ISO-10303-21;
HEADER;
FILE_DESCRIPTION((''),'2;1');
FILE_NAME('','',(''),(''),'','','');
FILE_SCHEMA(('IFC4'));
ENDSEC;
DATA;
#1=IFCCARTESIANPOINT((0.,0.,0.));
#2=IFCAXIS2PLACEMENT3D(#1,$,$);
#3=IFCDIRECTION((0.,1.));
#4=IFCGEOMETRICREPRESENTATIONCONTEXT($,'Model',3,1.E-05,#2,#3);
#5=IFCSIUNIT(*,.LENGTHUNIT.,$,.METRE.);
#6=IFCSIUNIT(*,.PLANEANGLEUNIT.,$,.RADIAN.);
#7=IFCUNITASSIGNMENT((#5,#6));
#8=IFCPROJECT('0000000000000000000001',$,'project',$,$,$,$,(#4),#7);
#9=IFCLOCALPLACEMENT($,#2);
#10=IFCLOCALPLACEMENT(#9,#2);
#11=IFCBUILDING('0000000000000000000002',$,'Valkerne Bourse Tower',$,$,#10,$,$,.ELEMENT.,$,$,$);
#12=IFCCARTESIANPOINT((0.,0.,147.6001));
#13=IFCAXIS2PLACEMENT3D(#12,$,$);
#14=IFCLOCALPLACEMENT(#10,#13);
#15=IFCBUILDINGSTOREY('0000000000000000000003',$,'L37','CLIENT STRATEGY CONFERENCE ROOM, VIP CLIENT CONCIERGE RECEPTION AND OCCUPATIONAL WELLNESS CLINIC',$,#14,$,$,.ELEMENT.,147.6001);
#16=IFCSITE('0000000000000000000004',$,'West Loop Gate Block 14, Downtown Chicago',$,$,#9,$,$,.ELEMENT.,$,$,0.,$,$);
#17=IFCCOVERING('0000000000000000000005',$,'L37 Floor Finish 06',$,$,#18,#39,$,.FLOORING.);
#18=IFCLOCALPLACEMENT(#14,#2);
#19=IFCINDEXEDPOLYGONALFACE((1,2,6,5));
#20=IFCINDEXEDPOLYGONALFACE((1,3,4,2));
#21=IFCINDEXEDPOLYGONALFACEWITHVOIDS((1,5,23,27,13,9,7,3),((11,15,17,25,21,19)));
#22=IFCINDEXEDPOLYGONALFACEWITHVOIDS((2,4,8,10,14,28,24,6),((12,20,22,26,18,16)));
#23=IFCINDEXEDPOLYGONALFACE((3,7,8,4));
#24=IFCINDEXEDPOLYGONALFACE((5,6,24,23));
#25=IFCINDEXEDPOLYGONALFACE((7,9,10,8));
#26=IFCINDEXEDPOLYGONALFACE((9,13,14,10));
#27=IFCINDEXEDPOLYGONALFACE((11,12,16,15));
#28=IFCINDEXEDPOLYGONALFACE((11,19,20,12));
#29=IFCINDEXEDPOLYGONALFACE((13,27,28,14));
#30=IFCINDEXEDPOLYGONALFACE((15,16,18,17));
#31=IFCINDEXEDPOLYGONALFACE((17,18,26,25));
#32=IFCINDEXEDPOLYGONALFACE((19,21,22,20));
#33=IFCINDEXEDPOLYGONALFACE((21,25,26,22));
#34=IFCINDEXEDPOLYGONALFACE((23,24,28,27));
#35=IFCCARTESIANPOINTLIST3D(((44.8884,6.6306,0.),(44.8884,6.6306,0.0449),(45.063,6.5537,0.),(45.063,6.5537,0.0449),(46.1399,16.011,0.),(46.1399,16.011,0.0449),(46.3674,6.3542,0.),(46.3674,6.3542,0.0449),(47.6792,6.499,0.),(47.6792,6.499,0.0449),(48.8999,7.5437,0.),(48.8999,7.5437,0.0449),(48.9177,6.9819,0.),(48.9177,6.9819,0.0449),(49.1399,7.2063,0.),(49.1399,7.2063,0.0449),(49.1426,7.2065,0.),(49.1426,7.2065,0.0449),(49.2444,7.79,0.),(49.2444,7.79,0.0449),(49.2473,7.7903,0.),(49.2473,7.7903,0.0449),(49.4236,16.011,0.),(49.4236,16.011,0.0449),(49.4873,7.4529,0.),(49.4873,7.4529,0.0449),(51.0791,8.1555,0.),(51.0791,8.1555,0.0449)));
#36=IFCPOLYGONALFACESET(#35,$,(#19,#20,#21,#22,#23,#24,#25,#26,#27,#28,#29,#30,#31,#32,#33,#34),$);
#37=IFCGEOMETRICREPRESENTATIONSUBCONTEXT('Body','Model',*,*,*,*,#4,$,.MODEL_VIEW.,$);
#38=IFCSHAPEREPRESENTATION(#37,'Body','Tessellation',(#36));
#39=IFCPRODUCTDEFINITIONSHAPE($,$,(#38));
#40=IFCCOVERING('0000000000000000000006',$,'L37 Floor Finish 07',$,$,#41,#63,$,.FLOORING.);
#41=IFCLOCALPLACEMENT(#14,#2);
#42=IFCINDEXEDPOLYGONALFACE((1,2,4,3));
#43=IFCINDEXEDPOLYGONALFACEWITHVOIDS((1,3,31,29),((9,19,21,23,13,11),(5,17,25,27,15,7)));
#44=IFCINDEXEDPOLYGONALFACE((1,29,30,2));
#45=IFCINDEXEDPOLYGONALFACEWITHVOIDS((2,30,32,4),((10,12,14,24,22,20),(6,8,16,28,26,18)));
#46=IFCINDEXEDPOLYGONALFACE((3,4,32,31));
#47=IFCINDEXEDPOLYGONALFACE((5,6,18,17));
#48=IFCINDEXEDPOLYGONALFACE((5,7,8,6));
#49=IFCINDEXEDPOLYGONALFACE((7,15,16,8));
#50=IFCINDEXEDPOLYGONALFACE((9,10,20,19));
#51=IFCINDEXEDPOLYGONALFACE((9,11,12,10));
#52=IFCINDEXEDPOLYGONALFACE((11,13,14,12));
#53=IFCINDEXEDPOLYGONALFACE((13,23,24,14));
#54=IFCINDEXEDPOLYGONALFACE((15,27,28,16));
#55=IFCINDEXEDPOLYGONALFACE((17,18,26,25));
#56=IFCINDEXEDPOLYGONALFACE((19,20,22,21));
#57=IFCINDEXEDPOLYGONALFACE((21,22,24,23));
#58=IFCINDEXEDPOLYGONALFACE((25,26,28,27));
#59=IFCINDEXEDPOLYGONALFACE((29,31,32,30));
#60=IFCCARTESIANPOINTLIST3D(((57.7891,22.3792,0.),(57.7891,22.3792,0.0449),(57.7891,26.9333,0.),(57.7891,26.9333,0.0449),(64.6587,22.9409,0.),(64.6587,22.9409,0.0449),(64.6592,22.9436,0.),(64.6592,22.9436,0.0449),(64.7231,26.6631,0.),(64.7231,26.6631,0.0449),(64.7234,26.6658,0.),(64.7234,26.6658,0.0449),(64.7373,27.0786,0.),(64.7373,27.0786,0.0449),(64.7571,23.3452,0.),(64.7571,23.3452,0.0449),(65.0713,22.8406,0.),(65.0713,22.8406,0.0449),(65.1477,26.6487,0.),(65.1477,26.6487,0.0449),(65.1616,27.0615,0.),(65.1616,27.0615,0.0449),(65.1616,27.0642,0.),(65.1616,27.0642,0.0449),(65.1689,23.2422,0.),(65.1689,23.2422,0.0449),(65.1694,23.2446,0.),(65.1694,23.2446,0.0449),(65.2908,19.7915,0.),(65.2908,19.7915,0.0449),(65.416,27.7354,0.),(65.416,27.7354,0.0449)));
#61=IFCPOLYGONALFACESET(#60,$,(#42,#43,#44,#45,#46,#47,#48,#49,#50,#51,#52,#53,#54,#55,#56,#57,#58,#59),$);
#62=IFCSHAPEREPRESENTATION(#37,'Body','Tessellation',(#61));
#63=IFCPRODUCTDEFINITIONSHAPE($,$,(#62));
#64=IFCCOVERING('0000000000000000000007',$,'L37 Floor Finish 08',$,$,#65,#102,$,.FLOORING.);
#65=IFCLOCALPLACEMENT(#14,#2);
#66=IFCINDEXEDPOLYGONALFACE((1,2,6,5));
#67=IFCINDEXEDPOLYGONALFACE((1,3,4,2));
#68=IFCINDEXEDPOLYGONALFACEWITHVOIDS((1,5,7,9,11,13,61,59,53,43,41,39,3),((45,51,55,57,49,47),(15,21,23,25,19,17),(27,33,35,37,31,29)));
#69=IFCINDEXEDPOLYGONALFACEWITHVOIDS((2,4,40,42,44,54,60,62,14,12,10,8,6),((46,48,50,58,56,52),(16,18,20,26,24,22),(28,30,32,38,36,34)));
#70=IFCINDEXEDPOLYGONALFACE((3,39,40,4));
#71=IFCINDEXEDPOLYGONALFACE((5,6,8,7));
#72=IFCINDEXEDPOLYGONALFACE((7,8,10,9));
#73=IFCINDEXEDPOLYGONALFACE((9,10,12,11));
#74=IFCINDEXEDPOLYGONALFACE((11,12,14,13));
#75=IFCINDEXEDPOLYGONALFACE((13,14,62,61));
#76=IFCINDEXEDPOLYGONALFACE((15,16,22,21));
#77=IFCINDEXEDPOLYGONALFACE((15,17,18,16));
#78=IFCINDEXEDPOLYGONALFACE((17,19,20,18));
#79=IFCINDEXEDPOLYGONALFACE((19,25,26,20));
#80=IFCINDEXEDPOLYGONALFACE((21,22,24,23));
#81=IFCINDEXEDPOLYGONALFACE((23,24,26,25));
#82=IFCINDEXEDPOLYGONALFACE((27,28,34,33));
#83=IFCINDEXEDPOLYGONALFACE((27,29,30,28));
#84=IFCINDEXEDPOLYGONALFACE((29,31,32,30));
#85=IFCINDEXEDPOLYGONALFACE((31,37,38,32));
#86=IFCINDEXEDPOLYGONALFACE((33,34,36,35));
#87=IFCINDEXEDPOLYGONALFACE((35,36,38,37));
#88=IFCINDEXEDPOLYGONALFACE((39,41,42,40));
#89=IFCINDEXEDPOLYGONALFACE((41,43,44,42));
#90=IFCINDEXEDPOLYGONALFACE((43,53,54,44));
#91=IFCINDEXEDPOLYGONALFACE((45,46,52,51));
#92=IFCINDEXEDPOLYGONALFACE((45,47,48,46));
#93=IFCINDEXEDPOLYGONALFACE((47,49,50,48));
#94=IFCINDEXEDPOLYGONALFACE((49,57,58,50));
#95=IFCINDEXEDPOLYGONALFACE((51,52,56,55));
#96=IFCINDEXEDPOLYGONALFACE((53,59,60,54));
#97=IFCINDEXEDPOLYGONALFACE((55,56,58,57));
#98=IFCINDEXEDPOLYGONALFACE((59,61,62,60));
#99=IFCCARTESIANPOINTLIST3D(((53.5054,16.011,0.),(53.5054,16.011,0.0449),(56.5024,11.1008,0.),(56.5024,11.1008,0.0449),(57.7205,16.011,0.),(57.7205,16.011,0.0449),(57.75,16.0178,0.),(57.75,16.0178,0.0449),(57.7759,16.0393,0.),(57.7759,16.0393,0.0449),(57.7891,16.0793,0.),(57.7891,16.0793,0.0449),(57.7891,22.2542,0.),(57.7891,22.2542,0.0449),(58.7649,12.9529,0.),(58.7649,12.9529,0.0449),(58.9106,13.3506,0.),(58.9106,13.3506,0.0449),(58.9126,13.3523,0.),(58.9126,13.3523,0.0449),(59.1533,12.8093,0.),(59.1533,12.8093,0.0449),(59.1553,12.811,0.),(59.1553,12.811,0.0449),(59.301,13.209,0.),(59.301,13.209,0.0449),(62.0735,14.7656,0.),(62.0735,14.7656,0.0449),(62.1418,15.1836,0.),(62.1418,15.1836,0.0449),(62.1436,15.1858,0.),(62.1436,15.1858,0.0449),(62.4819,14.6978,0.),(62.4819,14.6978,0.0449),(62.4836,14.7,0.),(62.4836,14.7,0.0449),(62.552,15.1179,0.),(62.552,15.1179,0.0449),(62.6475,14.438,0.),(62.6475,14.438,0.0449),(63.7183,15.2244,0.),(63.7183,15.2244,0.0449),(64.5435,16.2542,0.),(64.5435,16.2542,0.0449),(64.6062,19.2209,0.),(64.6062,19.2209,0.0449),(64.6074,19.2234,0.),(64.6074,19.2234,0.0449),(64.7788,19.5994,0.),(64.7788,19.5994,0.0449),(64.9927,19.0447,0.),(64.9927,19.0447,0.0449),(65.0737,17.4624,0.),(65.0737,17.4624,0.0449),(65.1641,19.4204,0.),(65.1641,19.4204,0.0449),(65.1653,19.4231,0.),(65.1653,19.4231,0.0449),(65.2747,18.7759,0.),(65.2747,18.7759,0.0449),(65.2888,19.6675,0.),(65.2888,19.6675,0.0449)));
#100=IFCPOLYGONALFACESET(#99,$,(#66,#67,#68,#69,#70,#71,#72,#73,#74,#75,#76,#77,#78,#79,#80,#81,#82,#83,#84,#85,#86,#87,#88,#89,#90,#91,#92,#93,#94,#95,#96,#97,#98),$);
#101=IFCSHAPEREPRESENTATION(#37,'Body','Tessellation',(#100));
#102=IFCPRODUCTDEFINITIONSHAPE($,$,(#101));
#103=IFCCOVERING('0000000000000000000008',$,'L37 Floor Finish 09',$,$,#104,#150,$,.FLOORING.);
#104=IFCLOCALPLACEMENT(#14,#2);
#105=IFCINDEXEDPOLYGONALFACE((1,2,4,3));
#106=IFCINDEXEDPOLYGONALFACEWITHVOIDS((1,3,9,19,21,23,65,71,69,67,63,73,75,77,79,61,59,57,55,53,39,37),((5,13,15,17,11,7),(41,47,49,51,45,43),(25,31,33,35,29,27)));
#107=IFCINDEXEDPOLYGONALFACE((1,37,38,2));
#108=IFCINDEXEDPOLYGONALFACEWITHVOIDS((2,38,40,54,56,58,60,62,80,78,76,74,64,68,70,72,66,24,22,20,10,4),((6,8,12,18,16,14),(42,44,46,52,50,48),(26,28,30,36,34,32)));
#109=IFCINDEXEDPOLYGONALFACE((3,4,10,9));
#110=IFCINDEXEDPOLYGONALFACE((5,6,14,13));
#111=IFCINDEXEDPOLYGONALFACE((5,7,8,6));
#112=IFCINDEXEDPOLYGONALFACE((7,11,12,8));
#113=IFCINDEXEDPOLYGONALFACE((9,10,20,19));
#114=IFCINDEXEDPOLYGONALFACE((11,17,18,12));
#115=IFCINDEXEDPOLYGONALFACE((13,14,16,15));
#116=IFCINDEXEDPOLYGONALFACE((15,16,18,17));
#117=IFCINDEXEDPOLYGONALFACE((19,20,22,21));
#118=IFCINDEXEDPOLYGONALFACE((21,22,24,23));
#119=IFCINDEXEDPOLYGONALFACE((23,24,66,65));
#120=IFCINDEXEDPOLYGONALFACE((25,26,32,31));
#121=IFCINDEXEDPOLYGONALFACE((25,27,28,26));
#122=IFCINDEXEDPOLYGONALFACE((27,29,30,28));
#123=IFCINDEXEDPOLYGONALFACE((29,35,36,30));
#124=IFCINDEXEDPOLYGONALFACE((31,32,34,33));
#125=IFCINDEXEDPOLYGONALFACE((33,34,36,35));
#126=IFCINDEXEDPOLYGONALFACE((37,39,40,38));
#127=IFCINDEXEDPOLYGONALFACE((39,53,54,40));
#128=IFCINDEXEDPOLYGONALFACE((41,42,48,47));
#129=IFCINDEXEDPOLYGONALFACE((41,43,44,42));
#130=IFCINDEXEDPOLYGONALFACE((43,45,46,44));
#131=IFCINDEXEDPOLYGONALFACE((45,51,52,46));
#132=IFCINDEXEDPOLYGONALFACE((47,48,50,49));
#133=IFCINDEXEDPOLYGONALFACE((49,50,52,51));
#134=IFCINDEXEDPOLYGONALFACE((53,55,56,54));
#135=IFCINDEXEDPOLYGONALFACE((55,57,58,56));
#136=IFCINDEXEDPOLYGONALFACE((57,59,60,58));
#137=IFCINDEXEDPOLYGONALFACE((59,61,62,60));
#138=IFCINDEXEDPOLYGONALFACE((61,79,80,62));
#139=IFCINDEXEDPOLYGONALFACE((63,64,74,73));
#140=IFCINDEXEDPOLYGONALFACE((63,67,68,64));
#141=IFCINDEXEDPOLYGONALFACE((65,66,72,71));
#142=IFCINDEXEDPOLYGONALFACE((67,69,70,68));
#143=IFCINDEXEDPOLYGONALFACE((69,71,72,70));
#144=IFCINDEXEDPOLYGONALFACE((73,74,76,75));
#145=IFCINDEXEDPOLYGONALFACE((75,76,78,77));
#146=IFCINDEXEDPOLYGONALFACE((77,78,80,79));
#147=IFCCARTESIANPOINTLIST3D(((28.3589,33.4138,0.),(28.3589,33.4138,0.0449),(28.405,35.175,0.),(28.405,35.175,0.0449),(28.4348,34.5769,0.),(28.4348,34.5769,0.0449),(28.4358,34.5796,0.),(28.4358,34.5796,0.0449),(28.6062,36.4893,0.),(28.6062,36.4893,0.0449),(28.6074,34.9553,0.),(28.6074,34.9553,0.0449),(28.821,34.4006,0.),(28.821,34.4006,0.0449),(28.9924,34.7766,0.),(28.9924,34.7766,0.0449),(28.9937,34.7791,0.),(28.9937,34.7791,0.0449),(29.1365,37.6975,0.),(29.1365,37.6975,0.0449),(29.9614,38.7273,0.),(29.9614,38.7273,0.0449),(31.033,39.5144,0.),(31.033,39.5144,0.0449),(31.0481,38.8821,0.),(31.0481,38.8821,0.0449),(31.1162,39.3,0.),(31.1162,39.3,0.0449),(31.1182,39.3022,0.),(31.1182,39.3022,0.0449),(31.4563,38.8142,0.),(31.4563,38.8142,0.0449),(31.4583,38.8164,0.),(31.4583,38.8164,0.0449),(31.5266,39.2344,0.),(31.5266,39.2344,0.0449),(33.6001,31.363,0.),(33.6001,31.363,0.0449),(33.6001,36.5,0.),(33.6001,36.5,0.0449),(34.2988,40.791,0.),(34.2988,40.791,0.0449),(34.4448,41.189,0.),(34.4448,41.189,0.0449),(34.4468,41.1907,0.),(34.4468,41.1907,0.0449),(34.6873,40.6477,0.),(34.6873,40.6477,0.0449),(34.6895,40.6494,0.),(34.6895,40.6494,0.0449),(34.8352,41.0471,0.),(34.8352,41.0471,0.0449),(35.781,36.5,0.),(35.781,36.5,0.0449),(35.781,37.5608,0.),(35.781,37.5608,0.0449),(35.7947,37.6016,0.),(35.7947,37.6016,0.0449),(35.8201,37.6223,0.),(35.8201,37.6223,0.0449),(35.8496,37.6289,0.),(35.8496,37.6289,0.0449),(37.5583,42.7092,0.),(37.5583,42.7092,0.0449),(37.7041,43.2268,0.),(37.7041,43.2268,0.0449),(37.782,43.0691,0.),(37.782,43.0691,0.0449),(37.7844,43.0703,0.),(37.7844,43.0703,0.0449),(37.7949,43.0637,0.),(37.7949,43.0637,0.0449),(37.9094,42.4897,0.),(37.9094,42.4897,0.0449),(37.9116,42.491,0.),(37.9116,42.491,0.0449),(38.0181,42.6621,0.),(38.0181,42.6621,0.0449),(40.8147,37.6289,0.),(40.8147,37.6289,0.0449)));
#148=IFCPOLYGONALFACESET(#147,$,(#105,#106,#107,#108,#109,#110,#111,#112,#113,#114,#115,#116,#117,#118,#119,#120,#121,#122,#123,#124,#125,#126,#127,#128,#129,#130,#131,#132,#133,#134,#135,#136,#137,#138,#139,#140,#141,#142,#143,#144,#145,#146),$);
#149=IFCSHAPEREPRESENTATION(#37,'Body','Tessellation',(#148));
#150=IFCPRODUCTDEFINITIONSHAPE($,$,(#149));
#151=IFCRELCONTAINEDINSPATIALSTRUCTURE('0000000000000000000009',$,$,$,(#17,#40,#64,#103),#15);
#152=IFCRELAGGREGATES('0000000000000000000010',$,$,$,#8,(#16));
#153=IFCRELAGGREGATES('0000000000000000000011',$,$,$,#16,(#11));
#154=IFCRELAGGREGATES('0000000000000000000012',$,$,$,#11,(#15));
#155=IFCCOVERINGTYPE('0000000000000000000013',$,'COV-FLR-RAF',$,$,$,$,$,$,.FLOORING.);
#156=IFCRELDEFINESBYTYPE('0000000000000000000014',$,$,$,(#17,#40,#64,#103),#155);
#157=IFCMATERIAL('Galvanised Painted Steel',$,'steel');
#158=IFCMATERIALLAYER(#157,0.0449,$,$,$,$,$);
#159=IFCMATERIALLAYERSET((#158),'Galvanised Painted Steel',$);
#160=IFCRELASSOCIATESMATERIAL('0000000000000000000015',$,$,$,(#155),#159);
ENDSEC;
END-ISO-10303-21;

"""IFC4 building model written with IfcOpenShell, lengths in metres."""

from ifc_helpers import new_model, si_unit, direction, frame, origin, place, context, subcontext, project, spatial, polyline, outline, extrude, material, layer, layer_set, type_object, element, save


model = new_model("IFC4")

# Units and contexts
model_context = context("Model", 3, precision=1e-05, world=origin(), true_north=direction((0.0, 1.0)))
body_context = subcontext(model_context, "Body", "Model", "MODEL_VIEW")
ifc_project = project(units=[si_unit("LENGTHUNIT", "METRE"), si_unit("PLANEANGLEUNIT", "RADIAN")], contexts=[model_context])

# Site, building, storey
site_placement = place(None, origin())
site = spatial("IfcSite", under=ifc_project, at=site_placement, Name="West Loop Gate Block 14, Downtown Chicago", CompositionType="ELEMENT", RefElevation=0.0)
building_placement = place(site_placement, origin())
building = spatial("IfcBuilding", under=site, at=building_placement, Name="Valkerne Bourse Tower", CompositionType="ELEMENT")
storey_placement = place(building_placement, frame((0.0, 0.0, 147.6001)))
storey = spatial("IfcBuildingStorey", under=building, at=storey_placement, Name="L37", Description="CLIENT STRATEGY CONFERENCE ROOM, VIP CLIENT CONCIERGE RECEPTION AND OCCUPATIONAL WELLNESS CLINIC", CompositionType="ELEMENT", Elevation=147.6001)

# Coverings
ifc_material_1 = material(Name="Galvanised Painted Steel", Category="steel")
ifc_layer_1 = layer(ifc_material_1, 0.0449)
ifc_layer_set_1 = layer_set([ifc_layer_1], Name="Galvanised Painted Steel")
covering_type_1 = type_object("IfcCoveringType", Name="COV-FLR-RAF", PredefinedType="FLOORING", material=ifc_layer_set_1)
covering_1_placement = place(storey_placement, origin())
element("IfcCovering", 1, at=covering_1_placement, inside=storey, type_object=covering_type_1, Name="L37 Floor Finish 06", PredefinedType="FLOORING", context=body_context, shape_type="SweptSolid", body=[
    extrude(outline(polyline([(46.3674, 6.3542), (45.063, 6.5537), (44.8884, 6.6306), (46.1399, 16.011), (49.4236, 16.011), (51.0791, 8.1555), (48.9177, 6.9819), (47.6792, 6.499), (46.3674, 6.3542)]), holes=[polyline([(49.1426, 7.2065), (49.4873, 7.4529), (49.2473, 7.7903), (49.2444, 7.79), (48.8999, 7.5437), (49.1399, 7.2063), (49.1426, 7.2065)])]), origin(), (0.0, 0.0, 1.0), 0.0449),
])
covering_2_placement = place(storey_placement, origin())
element("IfcCovering", 2, at=covering_2_placement, inside=storey, type_object=covering_type_1, Name="L37 Floor Finish 07", PredefinedType="FLOORING", context=body_context, shape_type="SweptSolid", body=[
    extrude(outline(polyline([(57.7891, 26.9333), (65.416, 27.7354), (65.2908, 19.7915), (57.7891, 22.3792), (57.7891, 26.9333)]), holes=[polyline([(65.1694, 23.2446), (64.7571, 23.3452), (64.6592, 22.9436), (64.6587, 22.9409), (65.0713, 22.8406), (65.1689, 23.2422), (65.1694, 23.2446)]), polyline([(65.1616, 27.0615), (65.1616, 27.0642), (64.7373, 27.0786), (64.7234, 26.6658), (64.7231, 26.6631), (65.1477, 26.6487), (65.1616, 27.0615)])]), origin(), (0.0, 0.0, 1.0), 0.0449),
])
covering_3_placement = place(storey_placement, origin())
element("IfcCovering", 3, at=covering_3_placement, inside=storey, type_object=covering_type_1, Name="L37 Floor Finish 08", PredefinedType="FLOORING", context=body_context, shape_type="SweptSolid", body=[
    extrude(outline(polyline([(63.7183, 15.2244), (62.6475, 14.438), (56.5024, 11.1008), (53.5054, 16.011), (57.7205, 16.011), (57.75, 16.0178), (57.7759, 16.0393), (57.7891, 16.0793), (57.7891, 22.2542), (65.2888, 19.6675), (65.2747, 18.7759), (65.0737, 17.4624), (64.5435, 16.2542), (63.7183, 15.2244)]), holes=[polyline([(59.1553, 12.811), (59.301, 13.209), (58.9126, 13.3523), (58.9106, 13.3506), (58.7649, 12.9529), (59.1533, 12.8093), (59.1553, 12.811)]), polyline([(62.552, 15.1179), (62.1436, 15.1858), (62.1418, 15.1836), (62.0735, 14.7656), (62.4819, 14.6978), (62.4836, 14.7), (62.552, 15.1179)]), polyline([(65.1653, 19.4231), (64.7788, 19.5994), (64.6074, 19.2234), (64.6062, 19.2209), (64.9927, 19.0447), (65.1641, 19.4204), (65.1653, 19.4231)])]), origin(), (0.0, 0.0, 1.0), 0.0449),
])
covering_4_placement = place(storey_placement, origin())
element("IfcCovering", 4, at=covering_4_placement, inside=storey, type_object=covering_type_1, Name="L37 Floor Finish 09", PredefinedType="FLOORING", context=body_context, shape_type="SweptSolid", body=[
    extrude(outline(polyline([(29.1365, 37.6975), (29.9614, 38.7273), (31.033, 39.5144), (37.7041, 43.2268), (37.7949, 43.0637), (37.7844, 43.0703), (37.782, 43.0691), (37.5583, 42.7092), (37.9094, 42.4897), (37.9116, 42.491), (38.0181, 42.6621), (40.8147, 37.6289), (35.8496, 37.6289), (35.8201, 37.6223), (35.7947, 37.6016), (35.781, 37.5608), (35.781, 36.5), (33.6001, 36.5), (33.6001, 31.363), (28.3589, 33.4138), (28.405, 35.175), (28.6062, 36.4893), (29.1365, 37.6975)]), holes=[polyline([(28.9937, 34.7791), (28.6074, 34.9553), (28.4358, 34.5796), (28.4348, 34.5769), (28.821, 34.4006), (28.9924, 34.7766), (28.9937, 34.7791)]), polyline([(31.5266, 39.2344), (31.1182, 39.3022), (31.1162, 39.3), (31.0481, 38.8821), (31.4563, 38.8142), (31.4583, 38.8164), (31.5266, 39.2344)]), polyline([(34.8352, 41.0471), (34.4468, 41.1907), (34.4448, 41.189), (34.2988, 40.791), (34.6873, 40.6477), (34.6895, 40.6494), (34.8352, 41.0471)])]), origin(), (0.0, 0.0, 1.0), 0.0449),
])

save(model, "model.ifc")
